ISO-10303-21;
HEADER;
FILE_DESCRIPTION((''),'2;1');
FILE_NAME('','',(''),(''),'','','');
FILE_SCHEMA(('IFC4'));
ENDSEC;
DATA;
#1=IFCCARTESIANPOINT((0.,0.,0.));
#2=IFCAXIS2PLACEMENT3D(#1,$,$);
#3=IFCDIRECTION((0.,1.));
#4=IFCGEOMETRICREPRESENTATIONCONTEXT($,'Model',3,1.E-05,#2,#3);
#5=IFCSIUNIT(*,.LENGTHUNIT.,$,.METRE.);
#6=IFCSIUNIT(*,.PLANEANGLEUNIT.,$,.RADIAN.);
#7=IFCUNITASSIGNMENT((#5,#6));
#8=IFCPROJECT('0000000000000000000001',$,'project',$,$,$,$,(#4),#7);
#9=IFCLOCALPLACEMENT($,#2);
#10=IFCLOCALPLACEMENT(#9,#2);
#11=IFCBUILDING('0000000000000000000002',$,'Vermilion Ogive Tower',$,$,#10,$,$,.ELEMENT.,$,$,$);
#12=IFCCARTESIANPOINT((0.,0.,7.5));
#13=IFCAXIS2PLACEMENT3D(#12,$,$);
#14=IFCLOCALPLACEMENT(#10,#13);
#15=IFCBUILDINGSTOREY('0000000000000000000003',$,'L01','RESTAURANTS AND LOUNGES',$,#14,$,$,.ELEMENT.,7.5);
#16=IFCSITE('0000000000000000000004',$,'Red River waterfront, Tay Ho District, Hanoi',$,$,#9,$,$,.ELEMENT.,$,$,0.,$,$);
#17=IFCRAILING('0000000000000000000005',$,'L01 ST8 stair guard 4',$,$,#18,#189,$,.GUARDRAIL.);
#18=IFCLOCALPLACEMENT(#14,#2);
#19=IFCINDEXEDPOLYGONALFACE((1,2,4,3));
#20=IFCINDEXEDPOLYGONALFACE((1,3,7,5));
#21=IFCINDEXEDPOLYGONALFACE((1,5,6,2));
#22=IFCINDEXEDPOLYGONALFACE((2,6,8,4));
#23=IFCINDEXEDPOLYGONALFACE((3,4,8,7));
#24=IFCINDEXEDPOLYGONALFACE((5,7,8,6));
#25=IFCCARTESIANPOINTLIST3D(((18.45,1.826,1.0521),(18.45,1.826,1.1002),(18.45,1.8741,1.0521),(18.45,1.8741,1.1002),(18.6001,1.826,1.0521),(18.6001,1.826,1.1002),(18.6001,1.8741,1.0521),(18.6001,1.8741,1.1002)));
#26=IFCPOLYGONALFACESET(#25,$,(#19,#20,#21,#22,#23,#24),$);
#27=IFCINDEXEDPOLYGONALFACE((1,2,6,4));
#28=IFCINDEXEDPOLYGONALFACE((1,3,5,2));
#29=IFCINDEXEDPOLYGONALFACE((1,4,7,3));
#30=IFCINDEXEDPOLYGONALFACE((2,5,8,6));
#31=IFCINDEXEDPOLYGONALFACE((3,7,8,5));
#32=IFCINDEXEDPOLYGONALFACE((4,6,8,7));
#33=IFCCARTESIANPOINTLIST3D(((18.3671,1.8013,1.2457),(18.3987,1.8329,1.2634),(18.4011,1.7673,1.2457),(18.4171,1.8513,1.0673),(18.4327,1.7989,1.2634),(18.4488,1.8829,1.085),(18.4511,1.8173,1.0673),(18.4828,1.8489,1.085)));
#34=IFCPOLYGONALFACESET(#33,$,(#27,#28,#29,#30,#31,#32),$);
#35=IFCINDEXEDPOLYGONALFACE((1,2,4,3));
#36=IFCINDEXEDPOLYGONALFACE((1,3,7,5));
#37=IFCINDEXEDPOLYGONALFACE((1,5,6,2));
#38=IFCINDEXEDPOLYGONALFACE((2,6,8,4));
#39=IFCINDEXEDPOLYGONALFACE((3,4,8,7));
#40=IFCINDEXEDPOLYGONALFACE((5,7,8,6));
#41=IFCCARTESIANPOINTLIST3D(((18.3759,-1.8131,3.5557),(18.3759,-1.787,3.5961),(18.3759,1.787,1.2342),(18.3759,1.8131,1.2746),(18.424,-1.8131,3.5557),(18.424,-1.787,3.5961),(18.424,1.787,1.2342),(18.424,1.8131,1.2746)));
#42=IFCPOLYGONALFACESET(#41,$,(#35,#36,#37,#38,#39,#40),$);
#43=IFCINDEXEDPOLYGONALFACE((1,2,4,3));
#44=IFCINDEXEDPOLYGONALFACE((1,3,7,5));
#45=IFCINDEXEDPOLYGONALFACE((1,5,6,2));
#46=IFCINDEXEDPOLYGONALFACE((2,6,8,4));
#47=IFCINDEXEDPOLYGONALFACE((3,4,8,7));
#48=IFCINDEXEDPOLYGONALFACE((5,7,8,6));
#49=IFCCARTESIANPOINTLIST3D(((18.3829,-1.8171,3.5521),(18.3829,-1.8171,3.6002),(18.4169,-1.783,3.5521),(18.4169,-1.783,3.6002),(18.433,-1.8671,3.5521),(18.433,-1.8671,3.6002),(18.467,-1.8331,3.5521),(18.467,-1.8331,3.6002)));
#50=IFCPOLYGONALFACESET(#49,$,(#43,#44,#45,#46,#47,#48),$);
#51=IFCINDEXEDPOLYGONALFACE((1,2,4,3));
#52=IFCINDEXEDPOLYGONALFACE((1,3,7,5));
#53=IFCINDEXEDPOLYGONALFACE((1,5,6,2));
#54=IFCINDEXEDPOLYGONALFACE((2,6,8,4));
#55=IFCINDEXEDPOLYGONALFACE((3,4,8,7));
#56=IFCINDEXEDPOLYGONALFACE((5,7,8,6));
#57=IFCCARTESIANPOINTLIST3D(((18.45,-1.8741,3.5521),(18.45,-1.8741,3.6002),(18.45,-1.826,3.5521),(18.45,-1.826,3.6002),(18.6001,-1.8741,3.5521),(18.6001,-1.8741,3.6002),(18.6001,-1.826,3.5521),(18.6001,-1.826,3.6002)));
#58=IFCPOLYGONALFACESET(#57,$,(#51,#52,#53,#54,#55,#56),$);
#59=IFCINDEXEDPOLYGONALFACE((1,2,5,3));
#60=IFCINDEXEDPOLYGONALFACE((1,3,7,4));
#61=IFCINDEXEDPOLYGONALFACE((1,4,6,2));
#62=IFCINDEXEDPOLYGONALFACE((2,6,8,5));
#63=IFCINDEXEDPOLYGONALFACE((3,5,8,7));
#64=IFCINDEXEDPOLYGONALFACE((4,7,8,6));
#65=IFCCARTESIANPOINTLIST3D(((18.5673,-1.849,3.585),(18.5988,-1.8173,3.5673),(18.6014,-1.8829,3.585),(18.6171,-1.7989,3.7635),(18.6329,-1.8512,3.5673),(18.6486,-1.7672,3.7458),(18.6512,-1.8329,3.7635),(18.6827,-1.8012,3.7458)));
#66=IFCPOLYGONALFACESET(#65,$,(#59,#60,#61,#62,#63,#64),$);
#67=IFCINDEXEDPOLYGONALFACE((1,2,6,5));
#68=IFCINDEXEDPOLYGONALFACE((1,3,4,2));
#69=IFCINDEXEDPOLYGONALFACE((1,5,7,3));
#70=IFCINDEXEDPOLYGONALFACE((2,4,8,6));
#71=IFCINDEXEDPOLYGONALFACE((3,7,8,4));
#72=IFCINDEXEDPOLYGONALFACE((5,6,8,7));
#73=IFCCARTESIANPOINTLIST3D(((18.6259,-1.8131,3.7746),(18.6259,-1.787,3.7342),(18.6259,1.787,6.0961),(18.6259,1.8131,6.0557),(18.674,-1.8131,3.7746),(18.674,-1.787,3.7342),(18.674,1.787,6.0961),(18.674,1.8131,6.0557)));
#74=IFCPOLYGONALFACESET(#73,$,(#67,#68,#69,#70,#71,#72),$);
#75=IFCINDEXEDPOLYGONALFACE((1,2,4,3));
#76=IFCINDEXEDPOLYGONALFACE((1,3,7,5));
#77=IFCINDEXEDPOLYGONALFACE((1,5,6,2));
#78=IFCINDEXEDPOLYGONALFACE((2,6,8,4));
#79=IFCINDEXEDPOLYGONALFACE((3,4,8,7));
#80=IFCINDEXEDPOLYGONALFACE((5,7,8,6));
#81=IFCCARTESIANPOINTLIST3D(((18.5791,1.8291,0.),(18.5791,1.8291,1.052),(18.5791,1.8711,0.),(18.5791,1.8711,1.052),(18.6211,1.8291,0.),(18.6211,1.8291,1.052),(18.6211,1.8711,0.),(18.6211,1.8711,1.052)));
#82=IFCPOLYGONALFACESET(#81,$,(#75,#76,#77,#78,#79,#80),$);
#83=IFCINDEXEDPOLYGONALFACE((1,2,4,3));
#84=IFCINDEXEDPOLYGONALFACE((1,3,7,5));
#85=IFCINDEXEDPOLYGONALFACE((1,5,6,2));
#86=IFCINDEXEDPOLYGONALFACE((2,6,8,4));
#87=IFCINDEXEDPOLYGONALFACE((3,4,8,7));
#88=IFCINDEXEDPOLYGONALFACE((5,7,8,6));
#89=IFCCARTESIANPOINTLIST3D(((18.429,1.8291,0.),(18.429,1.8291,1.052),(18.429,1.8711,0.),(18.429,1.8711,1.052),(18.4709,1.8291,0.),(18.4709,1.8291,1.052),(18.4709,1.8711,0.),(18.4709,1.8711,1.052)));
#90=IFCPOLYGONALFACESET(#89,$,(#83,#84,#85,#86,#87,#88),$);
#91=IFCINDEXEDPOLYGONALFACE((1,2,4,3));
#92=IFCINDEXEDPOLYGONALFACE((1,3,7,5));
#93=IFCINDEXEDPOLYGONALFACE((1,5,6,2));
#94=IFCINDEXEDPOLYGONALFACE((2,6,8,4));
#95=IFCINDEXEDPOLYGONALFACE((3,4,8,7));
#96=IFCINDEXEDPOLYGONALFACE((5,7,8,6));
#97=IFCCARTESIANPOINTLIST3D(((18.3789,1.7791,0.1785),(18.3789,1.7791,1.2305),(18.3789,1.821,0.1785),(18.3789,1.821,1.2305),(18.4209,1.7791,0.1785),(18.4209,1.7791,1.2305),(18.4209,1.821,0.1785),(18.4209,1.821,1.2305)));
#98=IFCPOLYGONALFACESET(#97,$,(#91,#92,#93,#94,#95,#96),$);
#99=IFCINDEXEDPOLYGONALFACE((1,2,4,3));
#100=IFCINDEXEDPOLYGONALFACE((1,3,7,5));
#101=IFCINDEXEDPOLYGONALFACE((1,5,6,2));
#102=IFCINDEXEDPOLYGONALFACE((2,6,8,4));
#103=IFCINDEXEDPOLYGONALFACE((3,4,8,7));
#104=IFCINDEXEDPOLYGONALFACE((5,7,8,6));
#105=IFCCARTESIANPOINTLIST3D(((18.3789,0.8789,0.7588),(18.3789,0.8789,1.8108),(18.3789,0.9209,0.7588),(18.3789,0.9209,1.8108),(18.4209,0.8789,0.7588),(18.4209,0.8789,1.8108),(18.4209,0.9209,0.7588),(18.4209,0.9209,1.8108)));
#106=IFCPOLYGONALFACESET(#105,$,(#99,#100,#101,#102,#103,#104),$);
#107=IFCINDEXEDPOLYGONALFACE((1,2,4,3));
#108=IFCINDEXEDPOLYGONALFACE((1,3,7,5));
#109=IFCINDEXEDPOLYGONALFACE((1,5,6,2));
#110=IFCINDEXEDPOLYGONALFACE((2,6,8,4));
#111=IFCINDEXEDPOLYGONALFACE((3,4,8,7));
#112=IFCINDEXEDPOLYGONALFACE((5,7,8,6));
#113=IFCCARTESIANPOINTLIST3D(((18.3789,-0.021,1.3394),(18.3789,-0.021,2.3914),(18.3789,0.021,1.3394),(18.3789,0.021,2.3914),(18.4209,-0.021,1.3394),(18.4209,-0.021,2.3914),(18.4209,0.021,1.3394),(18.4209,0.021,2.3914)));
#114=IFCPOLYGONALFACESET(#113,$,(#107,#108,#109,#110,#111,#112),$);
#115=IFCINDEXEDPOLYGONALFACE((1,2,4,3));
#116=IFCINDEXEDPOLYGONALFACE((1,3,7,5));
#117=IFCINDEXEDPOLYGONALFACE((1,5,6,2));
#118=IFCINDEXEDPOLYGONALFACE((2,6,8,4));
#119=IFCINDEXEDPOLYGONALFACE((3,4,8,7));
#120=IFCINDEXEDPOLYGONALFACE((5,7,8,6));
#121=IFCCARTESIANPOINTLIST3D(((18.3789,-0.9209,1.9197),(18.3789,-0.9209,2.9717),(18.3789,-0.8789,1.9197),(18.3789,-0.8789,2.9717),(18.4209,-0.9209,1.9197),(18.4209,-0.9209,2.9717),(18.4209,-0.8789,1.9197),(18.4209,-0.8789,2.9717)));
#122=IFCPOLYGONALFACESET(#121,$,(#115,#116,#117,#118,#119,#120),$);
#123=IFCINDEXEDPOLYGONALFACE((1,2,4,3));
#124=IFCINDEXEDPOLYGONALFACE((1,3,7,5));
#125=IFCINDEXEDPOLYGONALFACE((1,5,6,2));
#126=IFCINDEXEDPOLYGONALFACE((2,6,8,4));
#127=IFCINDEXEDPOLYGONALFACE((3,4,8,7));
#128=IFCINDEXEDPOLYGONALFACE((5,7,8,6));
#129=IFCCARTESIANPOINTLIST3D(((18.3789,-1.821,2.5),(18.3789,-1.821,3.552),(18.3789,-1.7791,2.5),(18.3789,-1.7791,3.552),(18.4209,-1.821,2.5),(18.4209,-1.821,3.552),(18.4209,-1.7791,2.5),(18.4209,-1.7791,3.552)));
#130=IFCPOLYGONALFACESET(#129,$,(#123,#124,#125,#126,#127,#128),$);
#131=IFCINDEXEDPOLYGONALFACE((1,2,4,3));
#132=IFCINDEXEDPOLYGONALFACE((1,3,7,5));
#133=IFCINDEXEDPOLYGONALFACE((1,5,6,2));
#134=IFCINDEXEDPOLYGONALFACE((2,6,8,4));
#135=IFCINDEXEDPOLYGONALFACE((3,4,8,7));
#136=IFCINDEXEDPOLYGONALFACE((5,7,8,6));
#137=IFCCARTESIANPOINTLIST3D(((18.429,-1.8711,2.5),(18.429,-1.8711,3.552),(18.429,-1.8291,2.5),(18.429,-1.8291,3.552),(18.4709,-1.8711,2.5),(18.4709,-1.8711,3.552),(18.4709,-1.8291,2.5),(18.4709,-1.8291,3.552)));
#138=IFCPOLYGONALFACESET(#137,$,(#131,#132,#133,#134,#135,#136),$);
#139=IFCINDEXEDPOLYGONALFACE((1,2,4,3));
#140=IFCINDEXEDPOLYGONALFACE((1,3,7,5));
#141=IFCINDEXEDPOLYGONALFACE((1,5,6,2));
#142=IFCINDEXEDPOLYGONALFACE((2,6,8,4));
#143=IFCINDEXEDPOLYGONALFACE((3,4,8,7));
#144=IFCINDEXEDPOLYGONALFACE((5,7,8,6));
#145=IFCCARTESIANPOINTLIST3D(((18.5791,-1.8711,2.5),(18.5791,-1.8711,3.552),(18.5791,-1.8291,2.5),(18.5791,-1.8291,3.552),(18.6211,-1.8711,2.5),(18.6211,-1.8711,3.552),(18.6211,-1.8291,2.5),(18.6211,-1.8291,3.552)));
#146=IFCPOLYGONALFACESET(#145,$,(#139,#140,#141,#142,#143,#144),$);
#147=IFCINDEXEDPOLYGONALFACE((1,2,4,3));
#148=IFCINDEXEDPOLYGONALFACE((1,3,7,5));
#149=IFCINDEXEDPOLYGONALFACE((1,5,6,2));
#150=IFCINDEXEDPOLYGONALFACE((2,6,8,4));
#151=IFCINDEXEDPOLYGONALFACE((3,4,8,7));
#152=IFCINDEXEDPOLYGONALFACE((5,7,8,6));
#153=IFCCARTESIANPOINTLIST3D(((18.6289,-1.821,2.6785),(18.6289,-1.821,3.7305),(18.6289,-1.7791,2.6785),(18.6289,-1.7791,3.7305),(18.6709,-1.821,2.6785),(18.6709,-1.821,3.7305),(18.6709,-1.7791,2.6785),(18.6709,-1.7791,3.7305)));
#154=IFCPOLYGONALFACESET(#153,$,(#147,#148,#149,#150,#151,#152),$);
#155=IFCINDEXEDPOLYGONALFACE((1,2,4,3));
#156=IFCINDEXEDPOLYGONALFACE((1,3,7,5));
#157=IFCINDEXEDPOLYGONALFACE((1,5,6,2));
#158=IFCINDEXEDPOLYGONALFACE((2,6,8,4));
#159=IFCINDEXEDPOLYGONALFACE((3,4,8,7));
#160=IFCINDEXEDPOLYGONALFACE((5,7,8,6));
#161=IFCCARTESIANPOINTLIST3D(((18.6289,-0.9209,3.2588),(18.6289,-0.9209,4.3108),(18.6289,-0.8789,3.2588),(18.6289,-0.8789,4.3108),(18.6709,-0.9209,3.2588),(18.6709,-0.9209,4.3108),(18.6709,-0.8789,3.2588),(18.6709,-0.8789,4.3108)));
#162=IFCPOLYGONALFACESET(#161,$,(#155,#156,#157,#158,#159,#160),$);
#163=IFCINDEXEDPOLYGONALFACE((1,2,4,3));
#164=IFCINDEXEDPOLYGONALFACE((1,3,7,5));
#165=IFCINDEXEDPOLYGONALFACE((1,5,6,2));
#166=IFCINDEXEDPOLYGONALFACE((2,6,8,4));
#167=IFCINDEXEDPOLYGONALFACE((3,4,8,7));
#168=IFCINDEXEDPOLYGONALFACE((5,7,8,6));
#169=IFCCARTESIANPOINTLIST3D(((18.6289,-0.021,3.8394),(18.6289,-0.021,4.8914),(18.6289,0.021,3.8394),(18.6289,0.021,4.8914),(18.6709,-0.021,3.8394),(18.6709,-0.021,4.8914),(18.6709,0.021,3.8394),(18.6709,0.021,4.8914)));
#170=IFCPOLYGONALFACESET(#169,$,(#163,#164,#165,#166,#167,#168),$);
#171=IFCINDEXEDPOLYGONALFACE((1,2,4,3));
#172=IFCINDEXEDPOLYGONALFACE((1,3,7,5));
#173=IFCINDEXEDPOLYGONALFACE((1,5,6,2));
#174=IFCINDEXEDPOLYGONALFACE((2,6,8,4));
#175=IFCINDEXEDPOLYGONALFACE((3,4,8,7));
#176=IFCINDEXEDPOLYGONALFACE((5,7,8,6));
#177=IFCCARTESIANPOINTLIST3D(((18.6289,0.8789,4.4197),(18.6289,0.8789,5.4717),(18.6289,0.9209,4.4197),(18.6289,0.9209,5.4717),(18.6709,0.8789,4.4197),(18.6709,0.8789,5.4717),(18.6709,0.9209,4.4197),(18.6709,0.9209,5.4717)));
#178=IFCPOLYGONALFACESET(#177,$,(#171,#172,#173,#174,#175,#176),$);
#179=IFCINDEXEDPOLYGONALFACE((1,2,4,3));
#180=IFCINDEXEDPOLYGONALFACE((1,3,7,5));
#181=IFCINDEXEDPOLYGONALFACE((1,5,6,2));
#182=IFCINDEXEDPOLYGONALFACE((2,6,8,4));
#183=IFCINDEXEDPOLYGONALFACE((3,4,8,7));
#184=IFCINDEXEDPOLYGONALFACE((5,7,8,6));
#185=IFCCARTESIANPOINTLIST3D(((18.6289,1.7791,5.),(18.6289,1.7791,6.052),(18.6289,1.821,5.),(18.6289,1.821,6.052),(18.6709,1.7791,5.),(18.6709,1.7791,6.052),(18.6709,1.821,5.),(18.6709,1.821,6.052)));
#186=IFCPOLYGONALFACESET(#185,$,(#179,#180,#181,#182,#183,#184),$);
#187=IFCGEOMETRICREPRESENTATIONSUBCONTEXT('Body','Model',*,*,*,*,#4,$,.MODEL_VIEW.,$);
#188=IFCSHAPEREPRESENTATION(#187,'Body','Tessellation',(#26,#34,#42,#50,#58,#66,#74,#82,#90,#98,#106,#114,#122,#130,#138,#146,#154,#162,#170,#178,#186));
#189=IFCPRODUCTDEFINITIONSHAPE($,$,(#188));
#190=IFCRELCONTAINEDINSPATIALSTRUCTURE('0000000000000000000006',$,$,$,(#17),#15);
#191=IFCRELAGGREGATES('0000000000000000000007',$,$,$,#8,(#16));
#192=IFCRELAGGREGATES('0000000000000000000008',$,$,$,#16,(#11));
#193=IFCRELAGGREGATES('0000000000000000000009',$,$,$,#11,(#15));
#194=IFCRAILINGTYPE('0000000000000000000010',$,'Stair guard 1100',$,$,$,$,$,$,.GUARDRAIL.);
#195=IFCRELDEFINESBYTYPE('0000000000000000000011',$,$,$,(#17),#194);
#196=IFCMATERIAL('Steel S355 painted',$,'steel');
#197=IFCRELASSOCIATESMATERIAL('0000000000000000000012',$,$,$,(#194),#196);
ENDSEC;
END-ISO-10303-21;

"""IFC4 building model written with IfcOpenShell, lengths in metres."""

from ifc_helpers import new_model, si_unit, direction, frame, origin, origin_2d, place, context, subcontext, project, spatial, rectangle, extrude, material, type_object, element, save


model = new_model("IFC4")

# Units and contexts
model_context = context("Model", 3, precision=1e-05, world=origin(), true_north=direction((0.0, 1.0)))
body_context = subcontext(model_context, "Body", "Model", "MODEL_VIEW")
ifc_project = project(units=[si_unit("LENGTHUNIT", "METRE"), si_unit("PLANEANGLEUNIT", "RADIAN")], contexts=[model_context])

# Site, building, storey
site_placement = place(None, origin())
site = spatial("IfcSite", under=ifc_project, at=site_placement, Name="Red River waterfront, Tay Ho District, Hanoi", CompositionType="ELEMENT", RefElevation=0.0)
building_placement = place(site_placement, origin())
building = spatial("IfcBuilding", under=site, at=building_placement, Name="Vermilion Ogive Tower", CompositionType="ELEMENT")
storey_placement = place(building_placement, frame((0.0, 0.0, 7.5)))
storey = spatial("IfcBuildingStorey", under=building, at=storey_placement, Name="L01", Description="RESTAURANTS AND LOUNGES", CompositionType="ELEMENT", Elevation=7.5)

# Railing
ifc_material_1 = material(Name="Steel S355 painted", Category="steel")
railing_type_1 = type_object("IfcRailingType", Name="Stair guard 1100", PredefinedType="GUARDRAIL", material=ifc_material_1)
railing_1_placement = place(storey_placement, frame((18.6001, 1.8501, 0.0)))
element("IfcRailing", 1, at=railing_1_placement, inside=storey, type_object=railing_type_1, Name="L01 ST8 stair guard 4", PredefinedType="GUARDRAIL", context=body_context, shape_type="SweptSolid", body=[
    extrude(rectangle(XDim=0.0481, YDim=0.0481, at=origin_2d()), frame((0.0, 0.0, 1.0762), z_axis=(-1.0, 0.0, 0.0), x_axis=(0.0, -1.0, 0.0)), (0.0, 0.0, 1.0), 0.1501),
    extrude(rectangle(XDim=0.0481, YDim=0.0481, at=origin_2d()), frame((-0.1501, 0.0, 1.0762), z_axis=(-0.260685, -0.260685, 0.929563), x_axis=(0.707107, -0.707107, 0.0)), (0.0, 0.0, 1.0), 0.1919),
    extrude(rectangle(XDim=0.0481, YDim=0.0481, at=origin_2d()), frame((-0.2002, -0.05, 1.2544), z_axis=(0.0, -0.840415, 0.541944), x_axis=(1.0, 0.0, 0.0)), (0.0, 0.0, 1.0), 4.2837),
    extrude(rectangle(XDim=0.0481, YDim=0.0481, at=origin_2d()), frame((-0.2002, -3.6501, 3.5762), z_axis=(0.707107, -0.707107, 0.0), x_axis=(0.707107, 0.707107, 0.0)), (0.0, 0.0, 1.0), 0.0708),
    extrude(rectangle(XDim=0.0481, YDim=0.0481, at=origin_2d()), frame((-0.1501, -3.7002, 3.5762), z_axis=(1.0, 0.0, 0.0), x_axis=(0.0, 1.0, 0.0)), (0.0, 0.0, 1.0), 0.1501),
    extrude(rectangle(XDim=0.0481, YDim=0.0481, at=origin_2d()), frame((0.0, -3.7002, 3.5762), z_axis=(0.259499, 0.260771, 0.92987), x_axis=(-0.708834, 0.705376, 0.0)), (0.0, 0.0, 1.0), 0.1919),
    extrude(rectangle(XDim=0.0481, YDim=0.0481, at=origin_2d()), frame((0.0498, -3.6501, 3.7544), z_axis=(0.0, 0.840415, 0.541944), x_axis=(-1.0, 0.0, 0.0)), (0.0, 0.0, 1.0), 4.2837),
    extrude(rectangle(XDim=0.042, YDim=0.042, at=origin_2d()), origin(), (0.0, 0.0, 1.0), 1.052),
    extrude(rectangle(XDim=0.042, YDim=0.042, at=origin_2d()), frame((-0.1501, 0.0, 0.0)), (0.0, 0.0, 1.0), 1.052),
    extrude(rectangle(XDim=0.042, YDim=0.042, at=origin_2d()), frame((-0.2002, -0.05, 0.1785)), (0.0, 0.0, 1.0), 1.052),
    extrude(rectangle(XDim=0.042, YDim=0.042, at=origin_2d()), frame((-0.2002, -0.9502, 0.7588)), (0.0, 0.0, 1.0), 1.052),
    extrude(rectangle(XDim=0.042, YDim=0.042, at=origin_2d()), frame((-0.2002, -1.8501, 1.3394)), (0.0, 0.0, 1.0), 1.052),
    extrude(rectangle(XDim=0.042, YDim=0.042, at=origin_2d()), frame((-0.2002, -2.75, 1.9197)), (0.0, 0.0, 1.0), 1.052),
    extrude(rectangle(XDim=0.042, YDim=0.042, at=origin_2d()), frame((-0.2002, -3.6501, 2.5)), (0.0, 0.0, 1.0), 1.052),
    extrude(rectangle(XDim=0.042, YDim=0.042, at=origin_2d()), frame((-0.1501, -3.7002, 2.5)), (0.0, 0.0, 1.0), 1.052),
    extrude(rectangle(XDim=0.042, YDim=0.042, at=origin_2d()), frame((0.0, -3.7002, 2.5)), (0.0, 0.0, 1.0), 1.052),
    extrude(rectangle(XDim=0.042, YDim=0.042, at=origin_2d()), frame((0.0498, -3.6501, 2.6785)), (0.0, 0.0, 1.0), 1.052),
    extrude(rectangle(XDim=0.042, YDim=0.042, at=origin_2d()), frame((0.0498, -2.75, 3.2588)), (0.0, 0.0, 1.0), 1.052),
    extrude(rectangle(XDim=0.042, YDim=0.042, at=origin_2d()), frame((0.0498, -1.8501, 3.8394)), (0.0, 0.0, 1.0), 1.052),
    extrude(rectangle(XDim=0.042, YDim=0.042, at=origin_2d()), frame((0.0498, -0.9502, 4.4197)), (0.0, 0.0, 1.0), 1.052),
    extrude(rectangle(XDim=0.042, YDim=0.042, at=origin_2d()), frame((0.0498, -0.05, 5.0)), (0.0, 0.0, 1.0), 1.052),
])

save(model, "model.ifc")
